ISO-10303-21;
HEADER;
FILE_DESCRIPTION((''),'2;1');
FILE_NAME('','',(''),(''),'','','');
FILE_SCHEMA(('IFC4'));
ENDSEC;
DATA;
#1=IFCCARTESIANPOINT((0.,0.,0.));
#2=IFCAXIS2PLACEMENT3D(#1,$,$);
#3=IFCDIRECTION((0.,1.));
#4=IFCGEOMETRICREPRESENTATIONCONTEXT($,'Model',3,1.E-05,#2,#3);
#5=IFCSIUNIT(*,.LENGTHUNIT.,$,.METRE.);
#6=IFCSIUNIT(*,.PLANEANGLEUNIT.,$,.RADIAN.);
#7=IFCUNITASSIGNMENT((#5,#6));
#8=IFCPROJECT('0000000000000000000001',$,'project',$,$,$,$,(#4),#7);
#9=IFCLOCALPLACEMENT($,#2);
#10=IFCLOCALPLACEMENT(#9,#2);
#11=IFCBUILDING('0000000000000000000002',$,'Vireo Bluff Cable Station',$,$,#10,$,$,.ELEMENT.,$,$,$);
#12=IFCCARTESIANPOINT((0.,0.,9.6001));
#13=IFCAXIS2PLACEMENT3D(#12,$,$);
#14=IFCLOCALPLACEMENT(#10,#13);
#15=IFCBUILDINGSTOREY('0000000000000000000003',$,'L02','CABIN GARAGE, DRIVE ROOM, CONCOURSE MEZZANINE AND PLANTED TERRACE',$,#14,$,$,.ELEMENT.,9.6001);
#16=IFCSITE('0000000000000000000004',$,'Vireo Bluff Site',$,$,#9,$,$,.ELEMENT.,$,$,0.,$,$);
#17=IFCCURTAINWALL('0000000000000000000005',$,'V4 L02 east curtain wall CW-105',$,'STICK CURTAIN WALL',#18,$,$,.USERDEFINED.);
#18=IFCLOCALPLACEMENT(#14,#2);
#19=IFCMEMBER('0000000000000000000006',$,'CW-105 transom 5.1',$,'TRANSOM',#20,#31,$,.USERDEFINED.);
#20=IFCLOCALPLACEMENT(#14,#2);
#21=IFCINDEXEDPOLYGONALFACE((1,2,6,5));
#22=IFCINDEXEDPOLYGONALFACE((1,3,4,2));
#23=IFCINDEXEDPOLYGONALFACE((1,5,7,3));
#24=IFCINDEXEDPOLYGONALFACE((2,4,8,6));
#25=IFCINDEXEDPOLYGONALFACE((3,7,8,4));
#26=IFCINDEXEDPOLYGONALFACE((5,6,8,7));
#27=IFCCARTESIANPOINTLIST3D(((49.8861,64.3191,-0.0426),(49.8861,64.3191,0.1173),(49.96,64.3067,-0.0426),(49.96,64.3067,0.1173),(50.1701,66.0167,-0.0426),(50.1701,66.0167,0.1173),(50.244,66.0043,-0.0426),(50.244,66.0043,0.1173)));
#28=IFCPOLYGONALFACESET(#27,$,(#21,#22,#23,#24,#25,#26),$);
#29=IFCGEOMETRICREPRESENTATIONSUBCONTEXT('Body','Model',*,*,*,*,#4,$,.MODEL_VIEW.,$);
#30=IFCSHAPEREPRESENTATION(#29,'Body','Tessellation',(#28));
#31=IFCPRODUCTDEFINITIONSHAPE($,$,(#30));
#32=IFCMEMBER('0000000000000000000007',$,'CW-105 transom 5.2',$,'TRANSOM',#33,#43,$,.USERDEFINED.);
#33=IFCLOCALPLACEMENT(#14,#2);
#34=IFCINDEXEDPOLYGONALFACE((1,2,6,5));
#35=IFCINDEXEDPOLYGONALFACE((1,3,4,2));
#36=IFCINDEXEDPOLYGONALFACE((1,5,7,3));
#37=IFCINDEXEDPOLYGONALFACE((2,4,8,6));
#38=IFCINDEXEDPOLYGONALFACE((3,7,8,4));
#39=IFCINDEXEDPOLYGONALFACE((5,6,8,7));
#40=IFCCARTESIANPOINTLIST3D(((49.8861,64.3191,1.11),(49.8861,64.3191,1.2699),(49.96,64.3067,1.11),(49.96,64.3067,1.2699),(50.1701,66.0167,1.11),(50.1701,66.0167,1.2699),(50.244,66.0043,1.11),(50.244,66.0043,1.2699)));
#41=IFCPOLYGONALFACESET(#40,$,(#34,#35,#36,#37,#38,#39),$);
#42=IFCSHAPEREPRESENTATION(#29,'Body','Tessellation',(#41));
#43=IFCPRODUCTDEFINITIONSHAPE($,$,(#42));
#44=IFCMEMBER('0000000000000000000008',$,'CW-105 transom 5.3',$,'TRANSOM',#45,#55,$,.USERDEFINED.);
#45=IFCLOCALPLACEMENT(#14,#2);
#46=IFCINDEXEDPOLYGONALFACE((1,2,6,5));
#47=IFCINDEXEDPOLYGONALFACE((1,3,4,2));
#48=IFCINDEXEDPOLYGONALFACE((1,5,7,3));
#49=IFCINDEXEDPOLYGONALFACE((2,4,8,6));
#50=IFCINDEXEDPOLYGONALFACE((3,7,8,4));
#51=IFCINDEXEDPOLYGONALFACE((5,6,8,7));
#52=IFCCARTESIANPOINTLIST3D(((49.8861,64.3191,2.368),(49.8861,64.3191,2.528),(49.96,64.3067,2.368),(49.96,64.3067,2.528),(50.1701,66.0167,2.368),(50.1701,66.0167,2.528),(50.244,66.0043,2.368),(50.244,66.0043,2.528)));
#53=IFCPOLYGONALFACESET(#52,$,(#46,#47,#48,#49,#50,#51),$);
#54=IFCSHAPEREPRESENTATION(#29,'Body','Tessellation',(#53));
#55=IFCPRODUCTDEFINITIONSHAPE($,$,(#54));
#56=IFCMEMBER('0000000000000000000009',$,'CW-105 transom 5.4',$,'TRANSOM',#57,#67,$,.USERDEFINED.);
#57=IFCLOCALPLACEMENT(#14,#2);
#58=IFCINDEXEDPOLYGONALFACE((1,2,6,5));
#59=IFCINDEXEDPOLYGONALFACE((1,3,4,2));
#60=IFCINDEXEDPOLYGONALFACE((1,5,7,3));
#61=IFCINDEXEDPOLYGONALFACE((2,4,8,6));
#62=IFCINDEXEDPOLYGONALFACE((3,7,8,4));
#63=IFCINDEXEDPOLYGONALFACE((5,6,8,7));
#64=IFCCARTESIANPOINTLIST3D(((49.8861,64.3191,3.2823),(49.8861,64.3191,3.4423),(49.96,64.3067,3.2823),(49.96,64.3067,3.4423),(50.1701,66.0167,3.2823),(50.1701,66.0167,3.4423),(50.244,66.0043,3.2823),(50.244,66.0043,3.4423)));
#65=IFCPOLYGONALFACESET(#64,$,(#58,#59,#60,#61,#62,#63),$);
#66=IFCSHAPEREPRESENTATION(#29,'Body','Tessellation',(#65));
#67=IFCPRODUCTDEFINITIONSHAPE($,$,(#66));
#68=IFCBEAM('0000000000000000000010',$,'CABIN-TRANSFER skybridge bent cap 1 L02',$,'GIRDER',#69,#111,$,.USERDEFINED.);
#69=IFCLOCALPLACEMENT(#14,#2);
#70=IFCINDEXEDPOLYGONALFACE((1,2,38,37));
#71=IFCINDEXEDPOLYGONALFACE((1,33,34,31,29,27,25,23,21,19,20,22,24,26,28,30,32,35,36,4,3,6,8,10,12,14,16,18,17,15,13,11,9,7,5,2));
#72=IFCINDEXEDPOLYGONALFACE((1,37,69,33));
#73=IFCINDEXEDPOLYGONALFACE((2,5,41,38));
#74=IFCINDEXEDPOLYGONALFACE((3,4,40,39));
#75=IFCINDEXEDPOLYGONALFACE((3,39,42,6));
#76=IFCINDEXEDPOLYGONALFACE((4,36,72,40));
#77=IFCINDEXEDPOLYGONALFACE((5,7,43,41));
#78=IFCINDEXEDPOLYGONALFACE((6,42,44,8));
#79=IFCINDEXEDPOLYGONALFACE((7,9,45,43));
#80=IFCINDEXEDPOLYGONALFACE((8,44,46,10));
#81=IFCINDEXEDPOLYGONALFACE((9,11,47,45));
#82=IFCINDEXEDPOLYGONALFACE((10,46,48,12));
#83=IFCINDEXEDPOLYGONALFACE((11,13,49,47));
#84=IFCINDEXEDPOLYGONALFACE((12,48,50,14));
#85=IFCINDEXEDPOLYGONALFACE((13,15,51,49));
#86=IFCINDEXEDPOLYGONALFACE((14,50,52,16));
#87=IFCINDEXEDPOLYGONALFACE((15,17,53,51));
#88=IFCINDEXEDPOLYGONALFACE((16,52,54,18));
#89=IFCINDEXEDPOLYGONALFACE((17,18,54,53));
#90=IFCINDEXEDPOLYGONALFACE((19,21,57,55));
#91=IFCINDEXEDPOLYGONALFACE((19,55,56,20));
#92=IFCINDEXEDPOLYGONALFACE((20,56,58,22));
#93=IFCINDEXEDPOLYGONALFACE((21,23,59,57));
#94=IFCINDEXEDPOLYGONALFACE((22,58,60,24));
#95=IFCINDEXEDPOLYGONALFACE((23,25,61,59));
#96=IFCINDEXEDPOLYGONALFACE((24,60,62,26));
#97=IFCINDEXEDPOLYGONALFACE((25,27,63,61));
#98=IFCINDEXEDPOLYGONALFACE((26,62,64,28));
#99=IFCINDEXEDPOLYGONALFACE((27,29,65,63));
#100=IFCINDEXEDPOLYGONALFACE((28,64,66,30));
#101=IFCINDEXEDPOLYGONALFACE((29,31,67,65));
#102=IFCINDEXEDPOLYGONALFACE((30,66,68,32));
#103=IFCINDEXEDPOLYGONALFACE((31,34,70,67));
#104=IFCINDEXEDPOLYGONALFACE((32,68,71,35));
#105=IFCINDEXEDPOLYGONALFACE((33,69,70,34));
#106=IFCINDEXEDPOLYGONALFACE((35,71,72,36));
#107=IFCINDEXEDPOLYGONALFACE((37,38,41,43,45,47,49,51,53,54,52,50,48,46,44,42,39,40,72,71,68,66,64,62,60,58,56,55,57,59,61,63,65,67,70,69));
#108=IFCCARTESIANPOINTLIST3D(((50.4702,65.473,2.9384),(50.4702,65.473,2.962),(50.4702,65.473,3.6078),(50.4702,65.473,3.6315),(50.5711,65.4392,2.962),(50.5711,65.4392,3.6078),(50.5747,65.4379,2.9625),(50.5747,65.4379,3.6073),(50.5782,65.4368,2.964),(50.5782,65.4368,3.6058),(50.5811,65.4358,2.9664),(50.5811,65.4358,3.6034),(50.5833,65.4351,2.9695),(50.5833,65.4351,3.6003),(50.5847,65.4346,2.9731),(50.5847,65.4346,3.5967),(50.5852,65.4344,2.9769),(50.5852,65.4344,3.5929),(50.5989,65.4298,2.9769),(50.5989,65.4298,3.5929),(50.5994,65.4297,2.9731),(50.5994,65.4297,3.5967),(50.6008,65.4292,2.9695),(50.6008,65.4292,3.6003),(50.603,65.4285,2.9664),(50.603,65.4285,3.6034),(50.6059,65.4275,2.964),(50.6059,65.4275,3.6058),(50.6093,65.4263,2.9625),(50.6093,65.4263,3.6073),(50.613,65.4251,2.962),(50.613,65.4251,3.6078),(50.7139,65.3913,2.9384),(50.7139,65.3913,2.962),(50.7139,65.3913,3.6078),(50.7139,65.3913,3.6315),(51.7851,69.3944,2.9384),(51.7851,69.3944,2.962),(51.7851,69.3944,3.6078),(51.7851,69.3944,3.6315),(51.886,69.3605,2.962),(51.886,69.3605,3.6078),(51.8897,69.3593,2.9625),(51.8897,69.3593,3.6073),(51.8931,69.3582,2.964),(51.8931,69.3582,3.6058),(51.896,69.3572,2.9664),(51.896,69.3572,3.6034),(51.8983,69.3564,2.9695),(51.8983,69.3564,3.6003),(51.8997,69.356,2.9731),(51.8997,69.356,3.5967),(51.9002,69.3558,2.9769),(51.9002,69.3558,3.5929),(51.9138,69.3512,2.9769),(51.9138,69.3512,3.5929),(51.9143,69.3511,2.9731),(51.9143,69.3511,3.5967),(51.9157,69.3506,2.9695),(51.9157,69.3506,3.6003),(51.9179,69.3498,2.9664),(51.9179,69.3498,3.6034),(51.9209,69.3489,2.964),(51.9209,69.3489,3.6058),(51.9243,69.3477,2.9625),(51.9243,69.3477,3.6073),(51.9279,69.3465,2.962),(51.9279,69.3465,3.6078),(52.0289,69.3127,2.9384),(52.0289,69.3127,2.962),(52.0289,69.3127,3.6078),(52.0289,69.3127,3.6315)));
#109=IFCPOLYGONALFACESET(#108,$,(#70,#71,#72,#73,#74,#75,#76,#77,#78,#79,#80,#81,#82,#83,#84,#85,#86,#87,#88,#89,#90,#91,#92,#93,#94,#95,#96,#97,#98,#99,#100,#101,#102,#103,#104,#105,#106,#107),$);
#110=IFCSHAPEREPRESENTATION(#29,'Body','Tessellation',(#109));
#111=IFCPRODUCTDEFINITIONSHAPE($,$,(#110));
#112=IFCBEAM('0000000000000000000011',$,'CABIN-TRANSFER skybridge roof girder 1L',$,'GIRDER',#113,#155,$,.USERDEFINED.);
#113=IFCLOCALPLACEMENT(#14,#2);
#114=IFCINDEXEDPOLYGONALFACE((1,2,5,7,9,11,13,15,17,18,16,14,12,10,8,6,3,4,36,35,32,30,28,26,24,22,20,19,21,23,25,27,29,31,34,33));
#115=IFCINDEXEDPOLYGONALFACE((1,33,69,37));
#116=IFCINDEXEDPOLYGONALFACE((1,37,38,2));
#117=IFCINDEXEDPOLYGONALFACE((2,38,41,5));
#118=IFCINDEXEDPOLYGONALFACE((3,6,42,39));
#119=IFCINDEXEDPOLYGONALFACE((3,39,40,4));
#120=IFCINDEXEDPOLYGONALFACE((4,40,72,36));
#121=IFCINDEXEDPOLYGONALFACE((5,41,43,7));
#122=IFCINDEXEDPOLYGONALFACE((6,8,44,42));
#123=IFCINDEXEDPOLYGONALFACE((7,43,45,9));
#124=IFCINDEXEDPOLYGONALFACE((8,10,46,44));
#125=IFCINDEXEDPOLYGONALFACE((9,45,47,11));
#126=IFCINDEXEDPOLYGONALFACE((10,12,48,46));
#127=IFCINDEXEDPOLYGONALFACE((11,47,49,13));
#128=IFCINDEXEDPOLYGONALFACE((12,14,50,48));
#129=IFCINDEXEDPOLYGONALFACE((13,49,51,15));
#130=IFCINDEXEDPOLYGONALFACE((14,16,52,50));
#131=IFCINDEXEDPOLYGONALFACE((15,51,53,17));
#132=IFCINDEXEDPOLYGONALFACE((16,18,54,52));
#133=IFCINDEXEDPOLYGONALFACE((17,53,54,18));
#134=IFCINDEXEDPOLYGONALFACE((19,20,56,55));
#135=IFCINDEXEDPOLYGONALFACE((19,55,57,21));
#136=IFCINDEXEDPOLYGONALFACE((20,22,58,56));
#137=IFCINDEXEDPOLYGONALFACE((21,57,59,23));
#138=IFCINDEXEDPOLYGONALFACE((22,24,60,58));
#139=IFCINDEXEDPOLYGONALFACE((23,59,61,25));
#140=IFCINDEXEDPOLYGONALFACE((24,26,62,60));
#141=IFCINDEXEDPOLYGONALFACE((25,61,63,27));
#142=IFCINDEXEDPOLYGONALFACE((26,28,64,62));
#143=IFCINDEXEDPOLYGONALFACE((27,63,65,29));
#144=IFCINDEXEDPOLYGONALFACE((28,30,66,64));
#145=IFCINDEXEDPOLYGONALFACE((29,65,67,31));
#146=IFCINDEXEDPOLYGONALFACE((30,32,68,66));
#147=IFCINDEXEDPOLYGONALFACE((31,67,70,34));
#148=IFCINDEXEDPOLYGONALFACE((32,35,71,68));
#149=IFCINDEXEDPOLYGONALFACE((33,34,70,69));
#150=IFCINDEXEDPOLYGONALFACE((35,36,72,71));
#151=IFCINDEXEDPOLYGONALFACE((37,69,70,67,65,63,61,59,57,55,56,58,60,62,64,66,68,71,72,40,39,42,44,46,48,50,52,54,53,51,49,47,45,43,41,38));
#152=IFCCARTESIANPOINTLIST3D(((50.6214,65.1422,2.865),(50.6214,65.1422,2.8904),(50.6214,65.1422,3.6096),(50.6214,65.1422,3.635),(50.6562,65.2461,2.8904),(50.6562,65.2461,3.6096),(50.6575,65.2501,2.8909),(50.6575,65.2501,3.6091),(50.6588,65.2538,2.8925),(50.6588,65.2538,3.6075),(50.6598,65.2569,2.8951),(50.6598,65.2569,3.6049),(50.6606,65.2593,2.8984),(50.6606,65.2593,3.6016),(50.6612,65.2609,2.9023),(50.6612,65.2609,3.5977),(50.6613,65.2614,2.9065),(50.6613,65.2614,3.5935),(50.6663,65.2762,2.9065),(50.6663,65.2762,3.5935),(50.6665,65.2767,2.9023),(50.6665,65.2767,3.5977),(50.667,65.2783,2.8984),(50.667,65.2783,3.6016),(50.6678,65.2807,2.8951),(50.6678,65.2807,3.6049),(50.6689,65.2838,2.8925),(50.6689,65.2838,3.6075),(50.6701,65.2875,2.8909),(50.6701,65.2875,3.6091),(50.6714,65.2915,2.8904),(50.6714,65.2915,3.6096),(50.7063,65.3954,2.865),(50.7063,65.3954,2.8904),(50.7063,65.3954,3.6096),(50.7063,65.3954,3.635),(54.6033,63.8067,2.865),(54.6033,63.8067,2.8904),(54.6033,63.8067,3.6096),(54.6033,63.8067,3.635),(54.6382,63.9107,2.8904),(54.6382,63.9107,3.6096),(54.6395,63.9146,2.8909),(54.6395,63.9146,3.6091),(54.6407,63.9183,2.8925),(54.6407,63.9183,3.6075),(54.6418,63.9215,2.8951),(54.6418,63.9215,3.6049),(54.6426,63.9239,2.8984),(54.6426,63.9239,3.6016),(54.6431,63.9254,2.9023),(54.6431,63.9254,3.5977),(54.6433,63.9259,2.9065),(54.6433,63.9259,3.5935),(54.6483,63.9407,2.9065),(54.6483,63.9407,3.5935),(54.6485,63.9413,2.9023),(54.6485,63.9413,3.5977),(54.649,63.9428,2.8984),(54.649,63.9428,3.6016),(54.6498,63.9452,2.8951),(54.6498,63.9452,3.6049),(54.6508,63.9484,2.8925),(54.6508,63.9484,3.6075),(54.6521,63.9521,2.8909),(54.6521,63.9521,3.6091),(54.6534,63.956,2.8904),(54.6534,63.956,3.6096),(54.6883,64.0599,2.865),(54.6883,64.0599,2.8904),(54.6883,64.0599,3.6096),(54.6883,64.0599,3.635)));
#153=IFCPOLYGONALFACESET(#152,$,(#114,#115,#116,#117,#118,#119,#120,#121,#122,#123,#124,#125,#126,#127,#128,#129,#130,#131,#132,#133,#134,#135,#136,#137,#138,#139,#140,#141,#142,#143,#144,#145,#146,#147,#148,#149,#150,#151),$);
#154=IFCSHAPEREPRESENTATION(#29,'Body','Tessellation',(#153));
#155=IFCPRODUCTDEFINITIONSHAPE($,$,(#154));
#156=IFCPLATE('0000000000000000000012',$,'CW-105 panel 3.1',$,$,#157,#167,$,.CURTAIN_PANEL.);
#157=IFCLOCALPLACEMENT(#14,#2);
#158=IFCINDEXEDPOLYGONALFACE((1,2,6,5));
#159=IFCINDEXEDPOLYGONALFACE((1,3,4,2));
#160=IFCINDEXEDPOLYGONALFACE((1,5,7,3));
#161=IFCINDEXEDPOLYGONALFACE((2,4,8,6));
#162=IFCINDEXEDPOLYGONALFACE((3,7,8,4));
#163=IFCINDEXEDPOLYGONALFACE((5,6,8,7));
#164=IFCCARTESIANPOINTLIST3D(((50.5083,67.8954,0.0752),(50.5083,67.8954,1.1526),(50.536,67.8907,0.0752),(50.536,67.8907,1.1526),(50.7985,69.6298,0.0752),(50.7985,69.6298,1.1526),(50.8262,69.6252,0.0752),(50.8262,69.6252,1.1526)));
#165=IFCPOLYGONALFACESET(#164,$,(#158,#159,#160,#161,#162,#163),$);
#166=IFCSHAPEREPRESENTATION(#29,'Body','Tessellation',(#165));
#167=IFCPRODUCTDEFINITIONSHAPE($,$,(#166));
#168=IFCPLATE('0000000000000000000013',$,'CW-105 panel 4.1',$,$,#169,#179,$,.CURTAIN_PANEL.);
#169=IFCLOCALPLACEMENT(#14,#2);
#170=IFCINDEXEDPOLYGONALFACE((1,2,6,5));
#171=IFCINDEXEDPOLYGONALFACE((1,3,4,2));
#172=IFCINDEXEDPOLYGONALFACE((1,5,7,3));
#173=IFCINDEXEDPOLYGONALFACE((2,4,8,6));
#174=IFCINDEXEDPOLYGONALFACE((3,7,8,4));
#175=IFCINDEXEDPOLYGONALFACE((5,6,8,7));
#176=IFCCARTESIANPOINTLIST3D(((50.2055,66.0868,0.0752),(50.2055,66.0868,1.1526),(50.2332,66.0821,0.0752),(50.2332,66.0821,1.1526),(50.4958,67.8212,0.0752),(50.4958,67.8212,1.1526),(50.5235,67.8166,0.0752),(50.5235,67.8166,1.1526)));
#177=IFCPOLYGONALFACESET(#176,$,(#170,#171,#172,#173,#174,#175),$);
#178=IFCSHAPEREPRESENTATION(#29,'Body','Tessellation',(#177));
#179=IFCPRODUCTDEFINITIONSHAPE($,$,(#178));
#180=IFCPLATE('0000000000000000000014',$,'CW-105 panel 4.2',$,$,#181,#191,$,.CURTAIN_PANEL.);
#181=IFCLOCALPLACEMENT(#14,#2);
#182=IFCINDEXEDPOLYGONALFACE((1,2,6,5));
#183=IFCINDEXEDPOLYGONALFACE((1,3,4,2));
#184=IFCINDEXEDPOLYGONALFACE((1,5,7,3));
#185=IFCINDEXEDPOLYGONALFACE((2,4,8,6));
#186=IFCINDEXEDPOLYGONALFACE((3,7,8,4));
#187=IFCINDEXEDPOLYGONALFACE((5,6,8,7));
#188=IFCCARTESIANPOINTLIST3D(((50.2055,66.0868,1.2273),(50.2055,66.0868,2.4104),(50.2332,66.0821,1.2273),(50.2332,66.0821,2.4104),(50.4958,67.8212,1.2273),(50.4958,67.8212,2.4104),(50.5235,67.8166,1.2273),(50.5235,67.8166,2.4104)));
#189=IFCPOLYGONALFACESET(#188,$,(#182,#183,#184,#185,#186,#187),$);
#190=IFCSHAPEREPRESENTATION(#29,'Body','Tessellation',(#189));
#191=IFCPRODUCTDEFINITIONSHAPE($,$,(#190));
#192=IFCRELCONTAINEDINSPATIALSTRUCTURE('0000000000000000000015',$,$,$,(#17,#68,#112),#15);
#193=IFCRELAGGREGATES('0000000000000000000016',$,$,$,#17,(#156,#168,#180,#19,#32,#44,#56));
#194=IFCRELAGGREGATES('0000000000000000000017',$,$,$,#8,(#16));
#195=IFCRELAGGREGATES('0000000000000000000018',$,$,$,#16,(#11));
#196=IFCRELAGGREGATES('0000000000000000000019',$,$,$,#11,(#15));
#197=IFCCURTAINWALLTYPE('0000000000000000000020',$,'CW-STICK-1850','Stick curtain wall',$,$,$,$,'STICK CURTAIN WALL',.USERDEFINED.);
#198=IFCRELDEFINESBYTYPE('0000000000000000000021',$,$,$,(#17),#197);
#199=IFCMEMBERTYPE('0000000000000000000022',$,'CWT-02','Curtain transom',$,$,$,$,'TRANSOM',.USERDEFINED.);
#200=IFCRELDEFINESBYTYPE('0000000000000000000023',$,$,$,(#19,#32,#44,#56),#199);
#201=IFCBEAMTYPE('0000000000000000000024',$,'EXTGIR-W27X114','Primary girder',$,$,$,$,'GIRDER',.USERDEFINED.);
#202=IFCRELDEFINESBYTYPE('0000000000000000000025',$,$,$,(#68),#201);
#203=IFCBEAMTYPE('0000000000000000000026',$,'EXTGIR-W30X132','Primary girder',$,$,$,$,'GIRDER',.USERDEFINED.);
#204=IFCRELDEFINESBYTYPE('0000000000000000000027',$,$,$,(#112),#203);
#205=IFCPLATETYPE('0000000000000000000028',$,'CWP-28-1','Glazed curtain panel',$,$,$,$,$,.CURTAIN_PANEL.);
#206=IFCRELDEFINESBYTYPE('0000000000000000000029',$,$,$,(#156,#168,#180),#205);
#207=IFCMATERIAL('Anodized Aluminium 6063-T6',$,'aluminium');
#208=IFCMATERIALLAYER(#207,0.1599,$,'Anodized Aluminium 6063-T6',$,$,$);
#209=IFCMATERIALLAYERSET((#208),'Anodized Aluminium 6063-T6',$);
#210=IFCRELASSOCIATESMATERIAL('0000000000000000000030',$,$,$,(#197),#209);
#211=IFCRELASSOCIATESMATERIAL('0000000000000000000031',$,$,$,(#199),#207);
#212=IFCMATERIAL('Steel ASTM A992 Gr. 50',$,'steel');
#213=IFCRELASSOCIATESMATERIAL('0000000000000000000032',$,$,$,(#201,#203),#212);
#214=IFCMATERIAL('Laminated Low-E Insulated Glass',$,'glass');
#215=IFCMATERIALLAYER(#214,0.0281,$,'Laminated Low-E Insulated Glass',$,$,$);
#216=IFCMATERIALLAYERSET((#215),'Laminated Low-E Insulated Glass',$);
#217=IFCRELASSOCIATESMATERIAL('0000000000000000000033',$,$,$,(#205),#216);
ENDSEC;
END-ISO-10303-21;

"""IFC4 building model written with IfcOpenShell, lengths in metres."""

from ifc_helpers import new_model, si_unit, direction, frame, origin, origin_2d, place, context, subcontext, project, spatial, rectangle, i_section, extrude, material, layer, layer_set, material_profile, profile_set, type_object, element, aggregate, save


model = new_model("IFC4")

# Units and contexts
model_context = context("Model", 3, precision=1e-05, world=origin(), true_north=direction((0.0, 1.0)))
body_context = subcontext(model_context, "Body", "Model", "MODEL_VIEW")
ifc_project = project(units=[si_unit("LENGTHUNIT", "METRE"), si_unit("PLANEANGLEUNIT", "RADIAN")], contexts=[model_context])

# Site, building, storey
site_placement = place(None, origin())
site = spatial("IfcSite", under=ifc_project, at=site_placement, Name="Vireo Bluff Site", CompositionType="ELEMENT", RefElevation=0.0)
building_placement = place(site_placement, origin())
building = spatial("IfcBuilding", under=site, at=building_placement, Name="Vireo Bluff Cable Station", CompositionType="ELEMENT")
storey_placement = place(building_placement, frame((0.0, 0.0, 9.6001)))
storey = spatial("IfcBuildingStorey", under=building, at=storey_placement, Name="L02", Description="CABIN GARAGE, DRIVE ROOM, CONCOURSE MEZZANINE AND PLANTED TERRACE", CompositionType="ELEMENT", Elevation=9.6001)

# Shared definitions
ifc_material_1 = material(Name="Steel ASTM A992 Gr. 50", Category="steel")

# Curtain wall, members
ifc_material_2 = material(Name="Anodized Aluminium 6063-T6", Category="aluminium")
ifc_layer_1 = layer(ifc_material_2, 0.1599, Name="Anodized Aluminium 6063-T6")
ifc_layer_set_1 = layer_set([ifc_layer_1], Name="Anodized Aluminium 6063-T6")
curtain_wall_type = type_object("IfcCurtainWallType", Name="CW-STICK-1850", Description="Stick curtain wall", ElementType="STICK CURTAIN WALL", PredefinedType="USERDEFINED", material=ifc_layer_set_1)
curtain_wall_placement = place(storey_placement, origin())
curtain_wall = element("IfcCurtainWall", 1, at=curtain_wall_placement, inside=storey, type_object=curtain_wall_type, Name="V4 L02 east curtain wall CW-105", ObjectType="STICK CURTAIN WALL", PredefinedType="USERDEFINED")
ifc_material_profile_1 = material_profile(ifc_material_2, rectangle(XDim=0.075, YDim=0.1599, at=origin_2d()), Name="ALU-T-75X160")
ifc_profile_set_1 = profile_set([ifc_material_profile_1], Name="Anodized Aluminium 6063-T6")
member_type_1 = type_object("IfcMemberType", Name="CWT-02", Description="Curtain transom", ElementType="TRANSOM", PredefinedType="USERDEFINED", material=ifc_profile_set_1)
member_1_placement = place(storey_placement, frame((50.207, 66.0105, 0.0374), z_axis=(-0.164974, -0.986298, 0.0), x_axis=(0.986298, -0.164974, 0.0)))
member_1 = element("IfcMember", 2, at=member_1_placement, type_object=member_type_1, Name="CW-105 transom 5.1", ObjectType="TRANSOM", PredefinedType="USERDEFINED", context=body_context, shape_type="SweptSolid", body=[
    extrude(rectangle(XDim=0.075, YDim=0.1599, at=origin_2d()), origin(), (0.0, 0.0, 1.0), 1.7212),
])
member_2_placement = place(storey_placement, frame((50.207, 66.0105, 1.1899), z_axis=(-0.164974, -0.986298, 0.0), x_axis=(0.986298, -0.164974, 0.0)))
member_2 = element("IfcMember", 3, at=member_2_placement, type_object=member_type_1, Name="CW-105 transom 5.2", ObjectType="TRANSOM", PredefinedType="USERDEFINED", context=body_context, shape_type="SweptSolid", body=[
    extrude(rectangle(XDim=0.075, YDim=0.1599, at=origin_2d()), origin(), (0.0, 0.0, 1.0), 1.7212),
])
member_3_placement = place(storey_placement, frame((50.207, 66.0105, 2.448), z_axis=(-0.164974, -0.986298, 0.0), x_axis=(0.986298, -0.164974, 0.0)))
member_3 = element("IfcMember", 4, at=member_3_placement, type_object=member_type_1, Name="CW-105 transom 5.3", ObjectType="TRANSOM", PredefinedType="USERDEFINED", context=body_context, shape_type="SweptSolid", body=[
    extrude(rectangle(XDim=0.075, YDim=0.1599, at=origin_2d()), origin(), (0.0, 0.0, 1.0), 1.7212),
])
member_4_placement = place(storey_placement, frame((50.207, 66.0105, 3.3623), z_axis=(-0.164974, -0.986298, 0.0), x_axis=(0.986298, -0.164974, 0.0)))
member_4 = element("IfcMember", 5, at=member_4_placement, type_object=member_type_1, Name="CW-105 transom 5.4", ObjectType="TRANSOM", PredefinedType="USERDEFINED", context=body_context, shape_type="SweptSolid", body=[
    extrude(rectangle(XDim=0.075, YDim=0.1599, at=origin_2d()), origin(), (0.0, 0.0, 1.0), 1.7212),
])

# Beams
ifc_material_profile_2 = material_profile(ifc_material_1, i_section(OverallWidth=0.2571, OverallDepth=0.6931, WebThickness=0.0144, FlangeThickness=0.0237, FilletRadius=0.0149, at=origin_2d()), Name="W27X114")
ifc_profile_set_2 = profile_set([ifc_material_profile_2], Name="Steel ASTM A992 Gr. 50")
beam_type_1 = type_object("IfcBeamType", Name="EXTGIR-W27X114", Description="Primary girder", ElementType="GIRDER", PredefinedType="USERDEFINED", material=ifc_profile_set_2)
beam_1_placement = place(storey_placement, frame((50.592, 65.4321, 3.2849), z_axis=(0.317927, 0.948115, 0.0), x_axis=(-0.948115, 0.317927, 0.0)))
element("IfcBeam", 6, at=beam_1_placement, inside=storey, type_object=beam_type_1, Name="CABIN-TRANSFER skybridge bent cap 1 L02", ObjectType="GIRDER", PredefinedType="USERDEFINED", context=body_context, shape_type="SweptSolid", body=[
    extrude(i_section(OverallWidth=0.2571, OverallDepth=0.6931, WebThickness=0.0144, FlangeThickness=0.0237, FilletRadius=0.0149, at=origin_2d()), origin(), (0.0, 0.0, 1.0), 4.136),
])
ifc_material_profile_3 = material_profile(ifc_material_1, i_section(OverallWidth=0.2671, OverallDepth=0.77, WebThickness=0.0156, FlangeThickness=0.0254, FilletRadius=0.0161, at=origin_2d()), Name="W30X132")
ifc_profile_set_3 = profile_set([ifc_material_profile_3], Name="Steel ASTM A992 Gr. 50")
beam_type_2 = type_object("IfcBeamType", Name="EXTGIR-W30X132", Description="Primary girder", ElementType="GIRDER", PredefinedType="USERDEFINED", material=ifc_profile_set_3)
beam_2_placement = place(storey_placement, frame((50.6638, 65.2688, 3.25), z_axis=(0.9481, -0.317971, 0.0), x_axis=(0.317971, 0.9481, 0.0)))
element("IfcBeam", 7, at=beam_2_placement, inside=storey, type_object=beam_type_2, Name="CABIN-TRANSFER skybridge roof girder 1L", ObjectType="GIRDER", PredefinedType="USERDEFINED", context=body_context, shape_type="SweptSolid", body=[
    extrude(i_section(OverallWidth=0.2671, OverallDepth=0.77, WebThickness=0.0156, FlangeThickness=0.0254, FilletRadius=0.0161, at=origin_2d()), origin(), (0.0, 0.0, 1.0), 4.2),
])

# Plates
ifc_material_3 = material(Name="Laminated Low-E Insulated Glass", Category="glass")
ifc_layer_2 = layer(ifc_material_3, 0.0281, Name="Laminated Low-E Insulated Glass")
ifc_layer_set_2 = layer_set([ifc_layer_2], Name="Laminated Low-E Insulated Glass")
plate_type_1 = type_object("IfcPlateType", Name="CWP-28-1", Description="Glazed curtain panel", PredefinedType="CURTAIN_PANEL", material=ifc_layer_set_2)
plate_1_placement = place(storey_placement, frame((50.6672, 68.7603, 0.0752), z_axis=(0.0, 0.0, 1.0), x_axis=(-0.165048, -0.986286, 0.0)))
plate_1 = element("IfcPlate", 8, at=plate_1_placement, type_object=plate_type_1, Name="CW-105 panel 3.1", PredefinedType="CURTAIN_PANEL", context=body_context, shape_type="SweptSolid", body=[
    extrude(rectangle(XDim=1.7585, YDim=0.0281, at=origin_2d()), origin(), (0.0, 0.0, 1.0), 1.0774),
])
plate_2_placement = place(storey_placement, frame((50.3645, 66.9517, 0.0752), z_axis=(0.0, 0.0, 1.0), x_axis=(-0.165048, -0.986286, 0.0)))
plate_2 = element("IfcPlate", 9, at=plate_2_placement, type_object=plate_type_1, Name="CW-105 panel 4.1", PredefinedType="CURTAIN_PANEL", context=body_context, shape_type="SweptSolid", body=[
    extrude(rectangle(XDim=1.7585, YDim=0.0281, at=origin_2d()), origin(), (0.0, 0.0, 1.0), 1.0774),
])
plate_3_placement = place(storey_placement, frame((50.3645, 66.9517, 1.2273), z_axis=(0.0, 0.0, 1.0), x_axis=(-0.165048, -0.986286, 0.0)))
plate_3 = element("IfcPlate", 10, at=plate_3_placement, type_object=plate_type_1, Name="CW-105 panel 4.2", PredefinedType="CURTAIN_PANEL", context=body_context, shape_type="SweptSolid", body=[
    extrude(rectangle(XDim=1.7585, YDim=0.0281, at=origin_2d()), origin(), (0.0, 0.0, 1.0), 1.1831),
])
aggregate(curtain_wall, [plate_1, plate_2, plate_3, member_1, member_2, member_3, member_4])

save(model, "model.ifc")
